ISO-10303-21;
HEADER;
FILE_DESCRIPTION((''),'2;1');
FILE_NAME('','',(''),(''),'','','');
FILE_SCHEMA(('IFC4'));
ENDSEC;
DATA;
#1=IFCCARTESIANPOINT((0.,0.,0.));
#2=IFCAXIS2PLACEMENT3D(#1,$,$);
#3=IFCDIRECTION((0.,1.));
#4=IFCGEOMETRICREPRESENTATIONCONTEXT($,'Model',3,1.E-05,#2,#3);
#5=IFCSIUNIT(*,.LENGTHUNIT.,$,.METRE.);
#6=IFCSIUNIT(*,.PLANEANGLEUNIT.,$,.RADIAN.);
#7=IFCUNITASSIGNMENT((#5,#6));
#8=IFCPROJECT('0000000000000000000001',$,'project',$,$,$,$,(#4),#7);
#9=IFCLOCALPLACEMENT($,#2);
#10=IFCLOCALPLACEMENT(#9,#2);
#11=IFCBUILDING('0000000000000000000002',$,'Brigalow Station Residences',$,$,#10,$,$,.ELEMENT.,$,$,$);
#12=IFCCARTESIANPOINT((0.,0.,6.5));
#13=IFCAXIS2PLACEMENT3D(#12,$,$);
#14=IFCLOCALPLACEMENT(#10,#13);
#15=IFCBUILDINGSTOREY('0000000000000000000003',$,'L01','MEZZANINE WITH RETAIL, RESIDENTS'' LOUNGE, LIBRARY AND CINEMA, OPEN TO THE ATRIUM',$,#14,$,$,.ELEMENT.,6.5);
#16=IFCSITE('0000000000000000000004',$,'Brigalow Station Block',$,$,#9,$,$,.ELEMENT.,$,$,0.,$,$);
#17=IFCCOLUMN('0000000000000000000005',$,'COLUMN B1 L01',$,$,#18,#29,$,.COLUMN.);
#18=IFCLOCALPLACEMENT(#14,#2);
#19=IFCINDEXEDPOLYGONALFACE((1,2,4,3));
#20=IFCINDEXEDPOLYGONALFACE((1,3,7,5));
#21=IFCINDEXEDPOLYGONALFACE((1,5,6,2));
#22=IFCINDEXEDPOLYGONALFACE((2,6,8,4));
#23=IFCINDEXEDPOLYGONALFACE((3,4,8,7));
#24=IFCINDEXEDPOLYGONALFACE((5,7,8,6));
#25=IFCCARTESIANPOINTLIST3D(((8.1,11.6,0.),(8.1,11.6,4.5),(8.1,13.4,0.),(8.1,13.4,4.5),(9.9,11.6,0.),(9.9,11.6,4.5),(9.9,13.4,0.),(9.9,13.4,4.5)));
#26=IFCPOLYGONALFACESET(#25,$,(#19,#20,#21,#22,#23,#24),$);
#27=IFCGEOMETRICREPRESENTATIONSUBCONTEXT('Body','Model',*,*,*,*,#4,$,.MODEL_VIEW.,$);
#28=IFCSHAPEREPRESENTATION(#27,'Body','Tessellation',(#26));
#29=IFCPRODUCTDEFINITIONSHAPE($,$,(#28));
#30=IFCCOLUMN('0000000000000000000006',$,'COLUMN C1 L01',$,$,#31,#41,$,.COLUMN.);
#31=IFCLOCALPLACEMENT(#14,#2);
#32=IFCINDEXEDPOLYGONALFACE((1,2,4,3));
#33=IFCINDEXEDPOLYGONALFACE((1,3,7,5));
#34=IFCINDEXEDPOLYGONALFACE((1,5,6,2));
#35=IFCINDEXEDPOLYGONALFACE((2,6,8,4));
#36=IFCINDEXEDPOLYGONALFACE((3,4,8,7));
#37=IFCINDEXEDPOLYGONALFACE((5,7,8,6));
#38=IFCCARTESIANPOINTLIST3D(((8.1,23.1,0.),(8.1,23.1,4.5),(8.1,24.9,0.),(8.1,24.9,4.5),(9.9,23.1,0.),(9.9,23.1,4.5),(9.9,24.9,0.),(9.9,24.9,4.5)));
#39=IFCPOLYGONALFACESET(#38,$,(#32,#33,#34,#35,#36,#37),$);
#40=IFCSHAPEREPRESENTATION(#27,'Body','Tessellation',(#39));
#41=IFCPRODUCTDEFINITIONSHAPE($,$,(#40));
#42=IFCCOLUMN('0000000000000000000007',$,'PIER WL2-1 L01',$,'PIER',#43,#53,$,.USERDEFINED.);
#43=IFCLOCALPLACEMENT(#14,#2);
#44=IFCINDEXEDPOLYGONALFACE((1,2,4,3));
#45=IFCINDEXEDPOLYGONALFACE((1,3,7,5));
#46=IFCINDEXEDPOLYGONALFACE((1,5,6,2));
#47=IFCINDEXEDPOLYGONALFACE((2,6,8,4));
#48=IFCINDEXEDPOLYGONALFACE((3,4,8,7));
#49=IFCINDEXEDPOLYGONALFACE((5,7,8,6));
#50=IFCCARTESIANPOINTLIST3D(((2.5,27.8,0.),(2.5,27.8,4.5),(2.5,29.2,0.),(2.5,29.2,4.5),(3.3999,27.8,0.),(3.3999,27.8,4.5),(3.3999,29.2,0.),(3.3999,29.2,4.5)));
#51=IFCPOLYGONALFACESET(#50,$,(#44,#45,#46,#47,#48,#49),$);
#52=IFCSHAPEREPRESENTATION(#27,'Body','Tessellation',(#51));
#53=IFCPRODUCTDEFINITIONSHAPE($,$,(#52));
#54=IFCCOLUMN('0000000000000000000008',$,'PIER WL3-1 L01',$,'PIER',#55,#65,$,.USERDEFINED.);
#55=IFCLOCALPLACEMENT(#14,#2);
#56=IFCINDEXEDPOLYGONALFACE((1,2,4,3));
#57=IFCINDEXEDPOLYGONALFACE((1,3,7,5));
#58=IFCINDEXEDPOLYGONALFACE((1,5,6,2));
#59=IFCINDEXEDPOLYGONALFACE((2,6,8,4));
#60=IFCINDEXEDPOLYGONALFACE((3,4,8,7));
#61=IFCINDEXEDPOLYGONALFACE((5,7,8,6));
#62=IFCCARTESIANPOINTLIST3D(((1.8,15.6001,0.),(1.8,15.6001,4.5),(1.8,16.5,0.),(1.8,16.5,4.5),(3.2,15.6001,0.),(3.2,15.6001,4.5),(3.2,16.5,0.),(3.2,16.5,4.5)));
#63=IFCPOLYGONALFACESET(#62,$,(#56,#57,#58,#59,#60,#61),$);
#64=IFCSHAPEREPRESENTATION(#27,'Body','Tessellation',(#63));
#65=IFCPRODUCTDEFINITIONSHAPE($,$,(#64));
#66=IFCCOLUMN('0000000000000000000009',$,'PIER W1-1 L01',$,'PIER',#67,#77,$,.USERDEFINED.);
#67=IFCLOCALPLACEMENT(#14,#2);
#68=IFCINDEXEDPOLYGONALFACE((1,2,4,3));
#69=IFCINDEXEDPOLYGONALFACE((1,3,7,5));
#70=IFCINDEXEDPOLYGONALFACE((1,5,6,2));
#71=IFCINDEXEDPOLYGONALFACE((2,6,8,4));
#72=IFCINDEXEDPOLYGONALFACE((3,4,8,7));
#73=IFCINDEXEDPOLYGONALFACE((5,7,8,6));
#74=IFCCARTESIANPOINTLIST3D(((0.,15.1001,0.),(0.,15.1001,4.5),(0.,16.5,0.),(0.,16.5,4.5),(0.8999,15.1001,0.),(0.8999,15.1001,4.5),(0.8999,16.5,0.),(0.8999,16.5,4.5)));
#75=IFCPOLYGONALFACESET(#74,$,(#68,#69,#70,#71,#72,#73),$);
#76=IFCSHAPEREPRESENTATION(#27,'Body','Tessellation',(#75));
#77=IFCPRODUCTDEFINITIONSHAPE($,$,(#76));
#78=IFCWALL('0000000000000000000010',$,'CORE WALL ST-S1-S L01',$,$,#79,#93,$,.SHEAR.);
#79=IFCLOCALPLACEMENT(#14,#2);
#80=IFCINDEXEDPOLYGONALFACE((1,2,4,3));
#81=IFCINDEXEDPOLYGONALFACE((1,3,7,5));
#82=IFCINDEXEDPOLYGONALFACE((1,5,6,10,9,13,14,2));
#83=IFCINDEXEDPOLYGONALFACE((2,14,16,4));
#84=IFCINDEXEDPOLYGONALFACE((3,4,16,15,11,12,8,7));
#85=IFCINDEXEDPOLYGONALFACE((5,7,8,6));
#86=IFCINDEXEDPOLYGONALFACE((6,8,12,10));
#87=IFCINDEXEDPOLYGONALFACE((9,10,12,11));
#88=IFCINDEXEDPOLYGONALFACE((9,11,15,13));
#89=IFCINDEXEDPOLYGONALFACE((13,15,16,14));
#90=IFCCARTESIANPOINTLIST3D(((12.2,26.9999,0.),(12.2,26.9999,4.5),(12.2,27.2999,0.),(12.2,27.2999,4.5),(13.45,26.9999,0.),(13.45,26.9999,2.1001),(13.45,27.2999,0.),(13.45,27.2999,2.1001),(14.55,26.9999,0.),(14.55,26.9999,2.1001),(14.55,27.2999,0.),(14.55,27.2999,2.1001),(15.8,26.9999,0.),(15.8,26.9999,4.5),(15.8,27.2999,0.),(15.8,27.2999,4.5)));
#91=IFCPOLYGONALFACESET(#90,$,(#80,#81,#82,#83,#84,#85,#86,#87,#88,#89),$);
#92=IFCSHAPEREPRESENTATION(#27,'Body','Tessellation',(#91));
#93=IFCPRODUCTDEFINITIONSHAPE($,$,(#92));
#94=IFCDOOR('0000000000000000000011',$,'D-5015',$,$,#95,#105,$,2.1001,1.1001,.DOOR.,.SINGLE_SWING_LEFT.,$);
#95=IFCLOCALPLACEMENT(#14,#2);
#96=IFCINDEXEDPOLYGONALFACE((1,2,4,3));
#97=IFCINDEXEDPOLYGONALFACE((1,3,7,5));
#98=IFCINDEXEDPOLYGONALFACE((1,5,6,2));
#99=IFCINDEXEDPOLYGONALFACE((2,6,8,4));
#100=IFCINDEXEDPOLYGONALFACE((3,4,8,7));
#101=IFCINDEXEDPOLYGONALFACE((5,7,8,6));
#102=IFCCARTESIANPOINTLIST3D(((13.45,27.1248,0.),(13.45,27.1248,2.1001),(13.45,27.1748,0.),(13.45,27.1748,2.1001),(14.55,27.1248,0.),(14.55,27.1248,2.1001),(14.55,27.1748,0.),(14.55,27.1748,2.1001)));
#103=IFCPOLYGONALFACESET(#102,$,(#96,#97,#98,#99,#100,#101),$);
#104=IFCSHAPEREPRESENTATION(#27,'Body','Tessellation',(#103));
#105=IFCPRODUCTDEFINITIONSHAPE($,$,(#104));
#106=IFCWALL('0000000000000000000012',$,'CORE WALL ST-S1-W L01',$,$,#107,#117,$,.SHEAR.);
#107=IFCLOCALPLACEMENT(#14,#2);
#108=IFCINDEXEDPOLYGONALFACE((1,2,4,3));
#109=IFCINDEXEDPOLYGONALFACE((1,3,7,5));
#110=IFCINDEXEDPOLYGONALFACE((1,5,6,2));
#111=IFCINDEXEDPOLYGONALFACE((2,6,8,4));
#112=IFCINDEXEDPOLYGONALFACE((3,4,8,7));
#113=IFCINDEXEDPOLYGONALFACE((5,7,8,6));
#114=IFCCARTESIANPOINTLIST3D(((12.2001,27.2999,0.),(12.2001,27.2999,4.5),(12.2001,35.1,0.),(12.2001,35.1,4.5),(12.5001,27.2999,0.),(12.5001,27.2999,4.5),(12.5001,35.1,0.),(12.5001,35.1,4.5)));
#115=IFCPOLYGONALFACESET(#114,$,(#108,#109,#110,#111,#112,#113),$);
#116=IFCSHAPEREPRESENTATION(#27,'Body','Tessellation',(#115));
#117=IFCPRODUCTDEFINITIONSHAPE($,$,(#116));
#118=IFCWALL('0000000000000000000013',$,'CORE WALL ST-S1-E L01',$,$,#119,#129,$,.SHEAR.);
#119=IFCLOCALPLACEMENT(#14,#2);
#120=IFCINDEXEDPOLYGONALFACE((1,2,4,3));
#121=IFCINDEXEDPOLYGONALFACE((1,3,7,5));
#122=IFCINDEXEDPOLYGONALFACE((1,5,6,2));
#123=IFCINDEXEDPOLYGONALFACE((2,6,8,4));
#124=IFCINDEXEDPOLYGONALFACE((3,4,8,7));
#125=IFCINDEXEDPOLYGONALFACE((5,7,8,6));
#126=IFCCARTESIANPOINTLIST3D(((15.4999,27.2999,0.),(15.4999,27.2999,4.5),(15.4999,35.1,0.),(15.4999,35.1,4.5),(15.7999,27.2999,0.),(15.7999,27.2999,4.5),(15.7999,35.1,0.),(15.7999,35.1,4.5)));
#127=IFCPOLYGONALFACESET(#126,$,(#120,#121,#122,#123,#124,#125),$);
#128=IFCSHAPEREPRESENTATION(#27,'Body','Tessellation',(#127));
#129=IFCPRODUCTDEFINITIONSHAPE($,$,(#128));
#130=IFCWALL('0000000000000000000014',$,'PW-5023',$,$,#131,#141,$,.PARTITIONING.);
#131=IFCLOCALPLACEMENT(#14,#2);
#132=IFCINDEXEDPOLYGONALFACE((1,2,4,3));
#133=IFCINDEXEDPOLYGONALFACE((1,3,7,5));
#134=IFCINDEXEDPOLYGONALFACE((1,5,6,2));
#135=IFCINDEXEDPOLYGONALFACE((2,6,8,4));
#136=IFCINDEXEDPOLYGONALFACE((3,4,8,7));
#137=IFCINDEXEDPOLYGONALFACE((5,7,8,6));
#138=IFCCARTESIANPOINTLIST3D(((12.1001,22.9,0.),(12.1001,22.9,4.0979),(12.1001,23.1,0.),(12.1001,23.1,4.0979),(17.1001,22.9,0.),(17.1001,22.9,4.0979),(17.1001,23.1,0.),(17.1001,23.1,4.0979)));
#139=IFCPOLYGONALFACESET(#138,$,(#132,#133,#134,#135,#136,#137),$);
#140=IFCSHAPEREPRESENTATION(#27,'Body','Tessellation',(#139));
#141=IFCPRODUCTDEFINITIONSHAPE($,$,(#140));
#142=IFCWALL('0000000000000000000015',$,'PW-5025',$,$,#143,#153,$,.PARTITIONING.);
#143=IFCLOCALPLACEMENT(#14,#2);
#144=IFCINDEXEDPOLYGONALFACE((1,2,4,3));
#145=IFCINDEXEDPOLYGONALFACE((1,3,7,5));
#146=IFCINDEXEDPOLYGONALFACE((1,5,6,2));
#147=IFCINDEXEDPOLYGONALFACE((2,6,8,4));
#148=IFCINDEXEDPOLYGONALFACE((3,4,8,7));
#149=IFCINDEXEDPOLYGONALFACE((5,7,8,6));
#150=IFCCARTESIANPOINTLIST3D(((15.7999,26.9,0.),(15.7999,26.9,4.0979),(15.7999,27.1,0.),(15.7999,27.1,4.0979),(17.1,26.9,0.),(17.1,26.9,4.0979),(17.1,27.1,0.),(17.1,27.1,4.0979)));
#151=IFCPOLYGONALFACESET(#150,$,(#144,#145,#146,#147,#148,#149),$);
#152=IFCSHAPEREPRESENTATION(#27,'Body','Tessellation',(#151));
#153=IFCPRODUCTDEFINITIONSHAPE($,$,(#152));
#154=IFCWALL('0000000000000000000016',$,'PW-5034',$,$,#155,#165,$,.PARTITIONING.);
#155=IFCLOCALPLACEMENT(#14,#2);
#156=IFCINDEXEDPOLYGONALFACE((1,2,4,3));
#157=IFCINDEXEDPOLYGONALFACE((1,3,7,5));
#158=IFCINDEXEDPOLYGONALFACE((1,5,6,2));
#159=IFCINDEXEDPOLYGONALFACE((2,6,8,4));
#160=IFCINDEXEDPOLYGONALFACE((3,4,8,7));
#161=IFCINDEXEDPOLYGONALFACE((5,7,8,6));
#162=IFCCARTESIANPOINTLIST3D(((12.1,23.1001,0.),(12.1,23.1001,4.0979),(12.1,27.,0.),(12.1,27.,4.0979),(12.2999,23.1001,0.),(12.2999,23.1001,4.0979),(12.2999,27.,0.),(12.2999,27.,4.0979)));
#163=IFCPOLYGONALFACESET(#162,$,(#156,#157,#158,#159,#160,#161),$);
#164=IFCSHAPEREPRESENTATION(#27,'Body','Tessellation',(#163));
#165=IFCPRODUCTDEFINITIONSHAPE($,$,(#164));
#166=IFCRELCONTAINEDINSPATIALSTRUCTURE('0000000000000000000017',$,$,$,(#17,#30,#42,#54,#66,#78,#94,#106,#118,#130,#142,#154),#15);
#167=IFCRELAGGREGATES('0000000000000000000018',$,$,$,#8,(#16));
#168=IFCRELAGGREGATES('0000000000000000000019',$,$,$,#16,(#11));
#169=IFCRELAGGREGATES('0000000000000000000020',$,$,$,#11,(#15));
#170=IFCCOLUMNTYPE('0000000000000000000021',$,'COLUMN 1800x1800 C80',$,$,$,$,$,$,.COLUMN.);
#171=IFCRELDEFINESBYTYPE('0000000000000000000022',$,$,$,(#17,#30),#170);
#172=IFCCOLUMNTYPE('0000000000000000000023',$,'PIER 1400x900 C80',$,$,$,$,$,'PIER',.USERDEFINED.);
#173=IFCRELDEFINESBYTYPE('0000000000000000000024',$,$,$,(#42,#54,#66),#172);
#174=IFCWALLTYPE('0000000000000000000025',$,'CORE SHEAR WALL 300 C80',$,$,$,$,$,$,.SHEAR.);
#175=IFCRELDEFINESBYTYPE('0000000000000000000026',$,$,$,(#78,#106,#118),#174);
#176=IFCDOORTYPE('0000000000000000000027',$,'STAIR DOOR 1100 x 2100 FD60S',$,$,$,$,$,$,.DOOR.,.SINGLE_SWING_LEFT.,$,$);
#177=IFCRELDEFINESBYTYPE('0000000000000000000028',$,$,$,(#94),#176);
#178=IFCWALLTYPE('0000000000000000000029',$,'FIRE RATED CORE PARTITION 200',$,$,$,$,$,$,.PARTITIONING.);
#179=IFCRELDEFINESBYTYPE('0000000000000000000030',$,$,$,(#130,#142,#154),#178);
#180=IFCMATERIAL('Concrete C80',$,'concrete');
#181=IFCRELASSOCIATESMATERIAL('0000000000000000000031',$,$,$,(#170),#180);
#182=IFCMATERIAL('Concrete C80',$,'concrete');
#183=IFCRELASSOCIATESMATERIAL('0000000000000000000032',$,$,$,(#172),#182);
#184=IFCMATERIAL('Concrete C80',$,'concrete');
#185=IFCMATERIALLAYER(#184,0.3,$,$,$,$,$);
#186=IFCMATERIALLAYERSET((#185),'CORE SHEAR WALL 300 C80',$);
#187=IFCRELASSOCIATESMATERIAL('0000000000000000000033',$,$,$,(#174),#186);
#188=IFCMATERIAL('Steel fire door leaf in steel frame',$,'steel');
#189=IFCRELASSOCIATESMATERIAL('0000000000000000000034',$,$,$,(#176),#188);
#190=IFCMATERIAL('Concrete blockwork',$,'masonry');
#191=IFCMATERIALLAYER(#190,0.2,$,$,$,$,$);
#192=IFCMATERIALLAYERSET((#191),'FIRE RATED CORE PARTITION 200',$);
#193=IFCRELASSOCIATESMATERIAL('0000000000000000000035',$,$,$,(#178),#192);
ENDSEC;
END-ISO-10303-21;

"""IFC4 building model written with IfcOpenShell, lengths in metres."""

from ifc_helpers import new_model, si_unit, direction, frame, frame_2d, origin, origin_2d, place, context, subcontext, project, spatial, rectangle, extrude, material, layer, layer_set, material_profile, profile_set, type_object, element, fill, save


model = new_model("IFC4")

# Units and contexts
model_context = context("Model", 3, precision=1e-05, world=origin(), true_north=direction((0.0, 1.0)))
body_context = subcontext(model_context, "Body", "Model", "MODEL_VIEW")
ifc_project = project(units=[si_unit("LENGTHUNIT", "METRE"), si_unit("PLANEANGLEUNIT", "RADIAN")], contexts=[model_context])

# Site, building, storey
site_placement = place(None, origin())
site = spatial("IfcSite", under=ifc_project, at=site_placement, Name="Brigalow Station Block", CompositionType="ELEMENT", RefElevation=0.0)
building_placement = place(site_placement, origin())
building = spatial("IfcBuilding", under=site, at=building_placement, Name="Brigalow Station Residences", CompositionType="ELEMENT")
storey_placement = place(building_placement, frame((0.0, 0.0, 6.5)))
storey = spatial("IfcBuildingStorey", under=building, at=storey_placement, Name="L01", Description="MEZZANINE WITH RETAIL, RESIDENTS' LOUNGE, LIBRARY AND CINEMA, OPEN TO THE ATRIUM", CompositionType="ELEMENT", Elevation=6.5)

# Columns
ifc_material_1 = material(Name="Concrete C80", Category="concrete")
ifc_material_profile_1 = material_profile(ifc_material_1, rectangle(XDim=1.8, YDim=1.8, at=origin_2d()), Name="RC1800x1800")
ifc_profile_set_1 = profile_set([ifc_material_profile_1], Name="Concrete C80")
column_type_1 = type_object("IfcColumnType", Name="COLUMN 1800x1800 C80", PredefinedType="COLUMN", material=ifc_profile_set_1)
for number, where, z_axis, x_axis, name in (
    (1, (9.0, 12.5, 0.0), (0.0, 0.0, 1.0), (1.0, 0.0, 0.0), "COLUMN B1 L01"),
    (2, (9.0, 24.0, 0.0), (0.0, 0.0, 1.0), (1.0, 0.0, 0.0), "COLUMN C1 L01"),
):
    element("IfcColumn", number, at=place(storey_placement, frame(where, z_axis=z_axis, x_axis=x_axis)), inside=storey, type_object=column_type_1, Name=name, PredefinedType="COLUMN", context=body_context, shape_type="SweptSolid", body=[
        extrude(rectangle(XDim=1.8, YDim=1.8, at=origin_2d()), origin(), (0.0, 0.0, 1.0), 4.5),
    ])
ifc_material_2 = material(Name="Concrete C80", Category="concrete")
ifc_material_profile_2 = material_profile(ifc_material_2, rectangle(XDim=1.3999, YDim=0.8999, at=origin_2d()), Name="RC1400x900")
ifc_profile_set_2 = profile_set([ifc_material_profile_2], Name="Concrete C80")
column_type_2 = type_object("IfcColumnType", Name="PIER 1400x900 C80", ElementType="PIER", PredefinedType="USERDEFINED", material=ifc_profile_set_2)
for number, where, z_axis, x_axis, name in (
    (3, (2.95, 28.5, 0.0), (0.0, 0.0, 1.0), (0.0, -1.0, 0.0), "PIER WL2-1 L01"),
    (4, (2.5, 16.05, 0.0), (0.0, 0.0, 1.0), (-1.0, 0.0, 0.0), "PIER WL3-1 L01"),
    (5, (0.45, 15.8, 0.0), (0.0, 0.0, 1.0), (0.0, -1.0, 0.0), "PIER W1-1 L01"),
):
    element("IfcColumn", number, at=place(storey_placement, frame(where, z_axis=z_axis, x_axis=x_axis)), inside=storey, type_object=column_type_2, Name=name, ObjectType="PIER", PredefinedType="USERDEFINED", context=body_context, shape_type="SweptSolid", body=[
        extrude(rectangle(XDim=1.3999, YDim=0.8999, at=origin_2d()), origin(), (0.0, 0.0, 1.0), 4.5),
    ])

# Wall, opening, door
ifc_material_3 = material(Name="Concrete C80", Category="concrete")
ifc_layer_1 = layer(ifc_material_3, 0.3)
ifc_layer_set_1 = layer_set([ifc_layer_1], Name="CORE SHEAR WALL 300 C80")
wall_type_1 = type_object("IfcWallType", Name="CORE SHEAR WALL 300 C80", PredefinedType="SHEAR", material=ifc_layer_set_1)
wall_1_placement = place(storey_placement, frame((12.2, 27.1499, 0.0), z_axis=(0.0, 0.0, 1.0), x_axis=(1.0, 0.0, 0.0)))
wall_1 = element("IfcWall", 6, at=wall_1_placement, inside=storey, type_object=wall_type_1, Name="CORE WALL ST-S1-S L01", PredefinedType="SHEAR", context=body_context, shape_type="SweptSolid", body=[
    extrude(rectangle(XDim=3.6001, YDim=0.3, at=frame_2d((1.8, 0.0))), origin(), (0.0, 0.0, 1.0), 4.5),
])
opening_1_placement = place(wall_1_placement, frame((1.25, 0.0, 0.0)))
opening_1 = element("IfcOpeningElement", 7, at=opening_1_placement, cuts=wall_1, PredefinedType="OPENING", context=body_context, shape_type="SweptSolid", body=[
    extrude(rectangle(XDim=1.1001, YDim=2.1001, at=frame_2d((0.55, 1.05))), frame((0.0, 0.1602, 0.0), z_axis=(0.0, -1.0, 0.0), x_axis=(1.0, 0.0, 0.0)), (0.0, 0.0, 1.0), 0.3201),
])
ifc_material_4 = material(Name="Steel fire door leaf in steel frame", Category="steel")
door_type_1 = type_object("IfcDoorType", Name="STAIR DOOR 1100 x 2100 FD60S", OperationType="SINGLE_SWING_LEFT", PredefinedType="DOOR", material=ifc_material_4)
door_1_placement = place(opening_1_placement, origin())
door_1 = element("IfcDoor", 8, at=door_1_placement, inside=storey, type_object=door_type_1, Name="D-5015", OperationType="SINGLE_SWING_LEFT", OverallHeight=2.1001, OverallWidth=1.1001, PredefinedType="DOOR", context=body_context, shape_type="SweptSolid", body=[
    extrude(rectangle(XDim=1.1001, YDim=2.1001, at=frame_2d((0.55, 1.05))), frame((0.0, 0.0249, 0.0), z_axis=(0.0, -1.0, 0.0), x_axis=(1.0, 0.0, 0.0)), (0.0, 0.0, 1.0), 0.05),
])
fill(opening_1, door_1)

# Walls
for number, where, z_axis, x_axis, name in (
    (9, (12.3501, 27.3, 0.0), (0.0, 0.0, 1.0), (0.0, 1.0, 0.0), "CORE WALL ST-S1-W L01"),
    (10, (15.6499, 27.3, 0.0), (0.0, 0.0, 1.0), (0.0, 1.0, 0.0), "CORE WALL ST-S1-E L01"),
):
    element("IfcWall", number, at=place(storey_placement, frame(where, z_axis=z_axis, x_axis=x_axis)), inside=storey, type_object=wall_type_1, Name=name, PredefinedType="SHEAR", context=body_context, shape_type="SweptSolid", body=[
        extrude(rectangle(XDim=7.8, YDim=0.3, at=frame_2d((3.8999, 0.0))), origin(), (0.0, 0.0, 1.0), 4.5),
    ])
ifc_material_5 = material(Name="Concrete blockwork", Category="masonry")
ifc_layer_2 = layer(ifc_material_5, 0.2)
ifc_layer_set_2 = layer_set([ifc_layer_2], Name="FIRE RATED CORE PARTITION 200")
wall_type_2 = type_object("IfcWallType", Name="FIRE RATED CORE PARTITION 200", PredefinedType="PARTITIONING", material=ifc_layer_set_2)
wall_2_placement = place(storey_placement, frame((12.1001, 23.0, 0.0), z_axis=(0.0, 0.0, 1.0), x_axis=(1.0, 0.0, 0.0)))
element("IfcWall", 11, at=wall_2_placement, inside=storey, type_object=wall_type_2, Name="PW-5023", PredefinedType="PARTITIONING", context=body_context, shape_type="SweptSolid", body=[
    extrude(rectangle(XDim=5.0, YDim=0.2, at=frame_2d((2.5, 0.0))), origin(), (0.0, 0.0, 1.0), 4.0979),
])
wall_3_placement = place(storey_placement, frame((15.8, 27.0, 0.0), z_axis=(0.0, 0.0, 1.0), x_axis=(1.0, 0.0, 0.0)))
element("IfcWall", 12, at=wall_3_placement, inside=storey, type_object=wall_type_2, Name="PW-5025", PredefinedType="PARTITIONING", context=body_context, shape_type="SweptSolid", body=[
    extrude(rectangle(XDim=1.3, YDim=0.2, at=frame_2d((0.6499, 0.0))), origin(), (0.0, 0.0, 1.0), 4.0979),
])
wall_4_placement = place(storey_placement, frame((12.2, 23.1001, 0.0), z_axis=(0.0, 0.0, 1.0), x_axis=(0.0, 1.0, 0.0)))
element("IfcWall", 13, at=wall_4_placement, inside=storey, type_object=wall_type_2, Name="PW-5034", PredefinedType="PARTITIONING", context=body_context, shape_type="SweptSolid", body=[
    extrude(rectangle(XDim=3.8999, YDim=0.2, at=frame_2d((1.95, 0.0))), origin(), (0.0, 0.0, 1.0), 4.0979),
])

save(model, "model.ifc")
